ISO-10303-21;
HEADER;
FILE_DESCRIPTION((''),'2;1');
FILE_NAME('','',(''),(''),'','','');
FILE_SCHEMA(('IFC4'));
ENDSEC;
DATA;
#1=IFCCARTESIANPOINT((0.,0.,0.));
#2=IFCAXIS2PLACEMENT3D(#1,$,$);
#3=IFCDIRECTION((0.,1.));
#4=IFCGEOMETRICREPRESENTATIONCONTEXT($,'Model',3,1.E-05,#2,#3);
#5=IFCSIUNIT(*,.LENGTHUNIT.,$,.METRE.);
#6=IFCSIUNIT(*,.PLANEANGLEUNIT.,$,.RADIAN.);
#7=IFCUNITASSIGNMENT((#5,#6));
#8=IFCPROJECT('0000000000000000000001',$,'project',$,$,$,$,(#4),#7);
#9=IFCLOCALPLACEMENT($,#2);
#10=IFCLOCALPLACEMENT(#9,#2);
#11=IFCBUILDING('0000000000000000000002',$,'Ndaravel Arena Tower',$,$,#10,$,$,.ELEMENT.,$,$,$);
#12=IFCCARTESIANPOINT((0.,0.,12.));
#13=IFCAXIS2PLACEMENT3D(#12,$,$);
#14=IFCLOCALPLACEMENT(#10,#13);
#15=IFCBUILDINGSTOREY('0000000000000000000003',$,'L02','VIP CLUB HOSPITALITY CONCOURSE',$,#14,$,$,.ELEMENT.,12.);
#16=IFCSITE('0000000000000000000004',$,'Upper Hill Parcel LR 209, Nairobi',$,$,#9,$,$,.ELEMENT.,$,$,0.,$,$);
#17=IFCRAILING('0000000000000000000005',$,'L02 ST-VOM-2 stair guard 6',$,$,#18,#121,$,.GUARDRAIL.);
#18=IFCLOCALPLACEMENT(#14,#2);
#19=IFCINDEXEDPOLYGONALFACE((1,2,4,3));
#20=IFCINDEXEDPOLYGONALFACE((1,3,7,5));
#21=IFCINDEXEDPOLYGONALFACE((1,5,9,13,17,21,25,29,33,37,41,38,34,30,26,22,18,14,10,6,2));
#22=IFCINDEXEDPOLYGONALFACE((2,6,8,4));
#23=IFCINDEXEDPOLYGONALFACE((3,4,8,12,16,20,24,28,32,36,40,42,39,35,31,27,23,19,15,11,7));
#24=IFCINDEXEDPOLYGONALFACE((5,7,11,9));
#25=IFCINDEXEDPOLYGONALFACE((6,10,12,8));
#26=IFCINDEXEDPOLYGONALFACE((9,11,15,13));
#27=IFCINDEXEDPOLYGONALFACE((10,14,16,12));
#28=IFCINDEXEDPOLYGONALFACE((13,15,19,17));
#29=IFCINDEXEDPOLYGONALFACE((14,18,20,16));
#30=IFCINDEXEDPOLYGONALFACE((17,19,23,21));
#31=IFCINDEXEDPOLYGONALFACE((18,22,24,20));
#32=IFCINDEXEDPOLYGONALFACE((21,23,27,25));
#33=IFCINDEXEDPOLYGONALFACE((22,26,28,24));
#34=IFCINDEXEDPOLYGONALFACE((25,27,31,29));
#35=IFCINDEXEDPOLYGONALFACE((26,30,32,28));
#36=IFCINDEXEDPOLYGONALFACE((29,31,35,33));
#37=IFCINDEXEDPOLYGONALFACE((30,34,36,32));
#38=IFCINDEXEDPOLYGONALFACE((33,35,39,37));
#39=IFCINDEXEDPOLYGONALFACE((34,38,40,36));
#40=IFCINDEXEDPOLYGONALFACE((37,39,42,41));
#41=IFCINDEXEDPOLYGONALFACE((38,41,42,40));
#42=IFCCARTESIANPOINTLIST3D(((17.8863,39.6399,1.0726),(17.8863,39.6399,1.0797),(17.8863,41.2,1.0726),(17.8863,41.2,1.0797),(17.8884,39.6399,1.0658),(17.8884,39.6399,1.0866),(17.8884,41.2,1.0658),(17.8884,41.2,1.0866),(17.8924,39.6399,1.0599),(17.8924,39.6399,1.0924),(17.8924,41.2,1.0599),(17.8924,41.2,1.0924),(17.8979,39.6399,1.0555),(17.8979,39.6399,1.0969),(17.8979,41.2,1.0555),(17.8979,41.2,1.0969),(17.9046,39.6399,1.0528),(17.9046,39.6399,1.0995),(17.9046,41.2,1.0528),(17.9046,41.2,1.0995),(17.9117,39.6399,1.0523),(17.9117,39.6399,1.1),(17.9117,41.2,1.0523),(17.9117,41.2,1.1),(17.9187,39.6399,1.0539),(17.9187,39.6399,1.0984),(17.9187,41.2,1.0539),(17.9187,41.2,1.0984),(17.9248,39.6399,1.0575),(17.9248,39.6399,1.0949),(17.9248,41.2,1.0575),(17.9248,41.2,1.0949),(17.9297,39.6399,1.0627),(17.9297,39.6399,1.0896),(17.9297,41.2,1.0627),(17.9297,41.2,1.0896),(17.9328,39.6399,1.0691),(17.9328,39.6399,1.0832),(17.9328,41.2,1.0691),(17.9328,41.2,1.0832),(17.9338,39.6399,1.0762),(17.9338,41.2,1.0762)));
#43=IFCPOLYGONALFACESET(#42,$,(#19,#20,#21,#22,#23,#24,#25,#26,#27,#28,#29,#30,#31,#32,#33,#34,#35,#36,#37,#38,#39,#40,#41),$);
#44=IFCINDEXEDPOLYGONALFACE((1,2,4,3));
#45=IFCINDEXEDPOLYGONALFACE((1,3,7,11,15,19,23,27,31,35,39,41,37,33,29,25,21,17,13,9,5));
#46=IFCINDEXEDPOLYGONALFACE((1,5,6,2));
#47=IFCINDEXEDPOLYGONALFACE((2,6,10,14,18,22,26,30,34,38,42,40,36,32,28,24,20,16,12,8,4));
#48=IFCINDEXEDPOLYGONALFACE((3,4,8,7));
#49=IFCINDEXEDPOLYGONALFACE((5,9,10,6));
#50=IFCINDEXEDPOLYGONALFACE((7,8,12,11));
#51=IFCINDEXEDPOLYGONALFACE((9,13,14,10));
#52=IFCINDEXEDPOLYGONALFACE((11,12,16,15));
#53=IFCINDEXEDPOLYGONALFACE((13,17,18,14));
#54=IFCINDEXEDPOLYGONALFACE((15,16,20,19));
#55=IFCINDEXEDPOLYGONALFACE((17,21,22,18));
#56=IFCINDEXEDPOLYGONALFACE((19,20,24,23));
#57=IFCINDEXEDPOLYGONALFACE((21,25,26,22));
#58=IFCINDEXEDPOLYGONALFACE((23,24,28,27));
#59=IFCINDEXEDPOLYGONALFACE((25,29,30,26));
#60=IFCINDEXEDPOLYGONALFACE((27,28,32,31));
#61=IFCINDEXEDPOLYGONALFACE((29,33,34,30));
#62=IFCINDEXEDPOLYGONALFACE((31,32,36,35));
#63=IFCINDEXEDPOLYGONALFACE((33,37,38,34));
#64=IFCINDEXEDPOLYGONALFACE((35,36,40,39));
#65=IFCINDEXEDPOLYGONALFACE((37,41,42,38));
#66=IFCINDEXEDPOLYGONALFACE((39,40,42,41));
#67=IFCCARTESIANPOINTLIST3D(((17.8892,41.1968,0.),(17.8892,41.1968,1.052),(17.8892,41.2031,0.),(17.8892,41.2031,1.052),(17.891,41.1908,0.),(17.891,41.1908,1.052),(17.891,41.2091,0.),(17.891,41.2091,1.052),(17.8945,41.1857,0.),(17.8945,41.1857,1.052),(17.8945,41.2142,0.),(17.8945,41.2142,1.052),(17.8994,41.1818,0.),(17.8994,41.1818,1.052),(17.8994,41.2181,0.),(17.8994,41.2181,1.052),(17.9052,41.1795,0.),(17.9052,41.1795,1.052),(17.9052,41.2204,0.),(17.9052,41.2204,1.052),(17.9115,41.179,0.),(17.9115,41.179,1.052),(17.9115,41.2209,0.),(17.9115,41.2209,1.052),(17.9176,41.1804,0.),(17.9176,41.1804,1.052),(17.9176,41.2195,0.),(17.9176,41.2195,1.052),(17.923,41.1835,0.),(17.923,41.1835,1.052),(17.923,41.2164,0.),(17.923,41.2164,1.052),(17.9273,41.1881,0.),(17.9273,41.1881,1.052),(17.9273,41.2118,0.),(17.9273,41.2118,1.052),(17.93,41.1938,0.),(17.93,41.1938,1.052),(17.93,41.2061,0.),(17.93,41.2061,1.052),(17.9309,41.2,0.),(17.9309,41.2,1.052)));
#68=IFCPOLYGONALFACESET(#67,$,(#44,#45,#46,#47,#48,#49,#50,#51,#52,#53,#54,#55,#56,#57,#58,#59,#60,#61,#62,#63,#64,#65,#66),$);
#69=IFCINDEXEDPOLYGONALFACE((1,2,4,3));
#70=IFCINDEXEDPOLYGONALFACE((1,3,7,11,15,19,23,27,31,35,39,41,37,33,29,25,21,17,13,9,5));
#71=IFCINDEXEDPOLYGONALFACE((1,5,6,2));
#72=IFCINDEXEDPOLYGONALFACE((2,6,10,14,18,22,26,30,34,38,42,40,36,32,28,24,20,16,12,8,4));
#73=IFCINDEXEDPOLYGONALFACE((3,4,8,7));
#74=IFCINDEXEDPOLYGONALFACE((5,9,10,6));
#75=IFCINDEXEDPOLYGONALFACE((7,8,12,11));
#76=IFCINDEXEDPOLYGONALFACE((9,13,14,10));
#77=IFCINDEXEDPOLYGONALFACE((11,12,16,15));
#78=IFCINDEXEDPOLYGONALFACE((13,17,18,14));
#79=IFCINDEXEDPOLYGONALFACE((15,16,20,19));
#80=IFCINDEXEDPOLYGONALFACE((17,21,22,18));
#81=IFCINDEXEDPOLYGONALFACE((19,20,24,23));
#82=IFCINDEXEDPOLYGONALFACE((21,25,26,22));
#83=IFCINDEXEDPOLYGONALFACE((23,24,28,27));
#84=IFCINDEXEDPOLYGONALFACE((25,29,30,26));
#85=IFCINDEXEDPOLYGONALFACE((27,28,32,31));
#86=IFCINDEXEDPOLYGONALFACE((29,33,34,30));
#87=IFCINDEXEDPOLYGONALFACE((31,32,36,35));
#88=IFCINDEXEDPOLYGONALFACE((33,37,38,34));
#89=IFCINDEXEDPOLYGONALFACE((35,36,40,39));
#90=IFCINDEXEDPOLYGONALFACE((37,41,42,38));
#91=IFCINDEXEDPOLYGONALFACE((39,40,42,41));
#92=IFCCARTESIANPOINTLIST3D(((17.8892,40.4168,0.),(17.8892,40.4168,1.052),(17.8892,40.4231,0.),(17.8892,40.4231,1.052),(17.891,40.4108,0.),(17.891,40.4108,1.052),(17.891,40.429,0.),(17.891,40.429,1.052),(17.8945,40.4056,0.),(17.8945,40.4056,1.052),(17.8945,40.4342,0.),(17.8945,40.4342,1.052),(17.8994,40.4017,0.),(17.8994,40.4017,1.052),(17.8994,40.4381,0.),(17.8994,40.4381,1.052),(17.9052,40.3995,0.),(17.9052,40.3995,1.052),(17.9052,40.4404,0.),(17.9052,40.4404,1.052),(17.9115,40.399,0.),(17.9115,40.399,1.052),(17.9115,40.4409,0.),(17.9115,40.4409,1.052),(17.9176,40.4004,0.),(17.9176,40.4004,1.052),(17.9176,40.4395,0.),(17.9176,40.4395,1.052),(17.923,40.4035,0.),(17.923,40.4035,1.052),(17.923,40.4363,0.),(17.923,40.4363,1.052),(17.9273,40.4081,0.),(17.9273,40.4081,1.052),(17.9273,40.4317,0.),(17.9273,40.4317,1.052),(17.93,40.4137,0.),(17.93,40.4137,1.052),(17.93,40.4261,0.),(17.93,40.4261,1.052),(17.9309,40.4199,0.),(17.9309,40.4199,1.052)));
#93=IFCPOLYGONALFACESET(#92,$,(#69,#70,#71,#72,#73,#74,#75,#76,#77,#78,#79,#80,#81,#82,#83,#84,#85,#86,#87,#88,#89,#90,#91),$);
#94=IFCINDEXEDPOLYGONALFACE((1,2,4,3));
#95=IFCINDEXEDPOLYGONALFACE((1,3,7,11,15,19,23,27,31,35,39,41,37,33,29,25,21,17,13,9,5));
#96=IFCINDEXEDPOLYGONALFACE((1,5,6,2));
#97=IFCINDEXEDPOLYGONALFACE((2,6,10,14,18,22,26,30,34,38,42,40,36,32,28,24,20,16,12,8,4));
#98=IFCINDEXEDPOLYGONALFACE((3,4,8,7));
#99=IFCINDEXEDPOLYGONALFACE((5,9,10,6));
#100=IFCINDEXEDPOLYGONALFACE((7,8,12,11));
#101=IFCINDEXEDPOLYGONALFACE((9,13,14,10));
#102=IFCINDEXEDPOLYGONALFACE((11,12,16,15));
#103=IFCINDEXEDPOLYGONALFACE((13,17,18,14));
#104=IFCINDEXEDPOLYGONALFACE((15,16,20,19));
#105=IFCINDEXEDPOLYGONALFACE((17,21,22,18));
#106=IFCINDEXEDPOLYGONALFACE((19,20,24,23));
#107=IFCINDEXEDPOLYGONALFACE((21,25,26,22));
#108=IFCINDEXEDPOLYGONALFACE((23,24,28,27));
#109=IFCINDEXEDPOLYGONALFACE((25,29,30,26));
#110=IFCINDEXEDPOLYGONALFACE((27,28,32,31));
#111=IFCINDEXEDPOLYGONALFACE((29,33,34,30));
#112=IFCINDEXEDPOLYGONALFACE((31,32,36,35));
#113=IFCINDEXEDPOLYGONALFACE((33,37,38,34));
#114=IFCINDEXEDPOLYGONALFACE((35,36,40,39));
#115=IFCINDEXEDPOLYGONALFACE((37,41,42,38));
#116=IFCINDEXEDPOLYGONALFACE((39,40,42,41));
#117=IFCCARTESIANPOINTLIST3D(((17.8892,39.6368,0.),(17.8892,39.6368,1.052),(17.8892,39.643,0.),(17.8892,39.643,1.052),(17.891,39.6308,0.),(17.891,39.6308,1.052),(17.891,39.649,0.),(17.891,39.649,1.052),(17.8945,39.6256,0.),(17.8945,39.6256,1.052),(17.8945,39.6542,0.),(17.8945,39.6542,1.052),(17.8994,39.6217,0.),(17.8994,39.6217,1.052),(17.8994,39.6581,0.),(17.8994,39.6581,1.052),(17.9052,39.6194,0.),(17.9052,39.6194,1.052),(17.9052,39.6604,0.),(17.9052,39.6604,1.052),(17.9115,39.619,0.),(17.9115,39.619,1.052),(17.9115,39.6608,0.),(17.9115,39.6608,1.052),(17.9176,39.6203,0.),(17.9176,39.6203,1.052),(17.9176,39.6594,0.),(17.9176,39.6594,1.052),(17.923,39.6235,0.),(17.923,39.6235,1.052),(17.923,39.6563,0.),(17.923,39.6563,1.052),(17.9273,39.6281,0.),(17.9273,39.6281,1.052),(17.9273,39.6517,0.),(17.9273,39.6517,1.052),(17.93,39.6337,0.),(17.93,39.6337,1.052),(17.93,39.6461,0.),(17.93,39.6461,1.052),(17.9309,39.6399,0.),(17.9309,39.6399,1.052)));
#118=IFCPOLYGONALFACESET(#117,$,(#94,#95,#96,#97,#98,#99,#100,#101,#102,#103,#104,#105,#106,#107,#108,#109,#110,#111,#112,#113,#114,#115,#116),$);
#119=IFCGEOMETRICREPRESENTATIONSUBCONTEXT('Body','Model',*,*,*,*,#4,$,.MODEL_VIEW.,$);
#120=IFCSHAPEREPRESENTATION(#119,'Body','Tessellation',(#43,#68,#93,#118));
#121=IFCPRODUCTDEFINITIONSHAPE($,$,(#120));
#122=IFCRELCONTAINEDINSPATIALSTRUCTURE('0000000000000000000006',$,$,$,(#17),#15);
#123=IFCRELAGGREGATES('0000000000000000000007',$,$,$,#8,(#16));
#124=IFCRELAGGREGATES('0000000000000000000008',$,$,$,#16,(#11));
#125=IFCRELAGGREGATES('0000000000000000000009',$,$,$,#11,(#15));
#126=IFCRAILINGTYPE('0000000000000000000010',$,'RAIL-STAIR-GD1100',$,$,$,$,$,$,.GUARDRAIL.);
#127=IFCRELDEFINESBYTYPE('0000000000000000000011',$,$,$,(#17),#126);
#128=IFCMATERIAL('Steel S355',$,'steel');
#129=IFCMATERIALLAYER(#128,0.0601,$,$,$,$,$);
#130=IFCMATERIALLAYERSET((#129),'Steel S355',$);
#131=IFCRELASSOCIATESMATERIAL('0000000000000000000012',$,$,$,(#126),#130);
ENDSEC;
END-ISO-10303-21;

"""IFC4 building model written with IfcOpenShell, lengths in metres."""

from ifc_helpers import new_model, si_unit, direction, frame, origin, origin_2d, place, context, subcontext, project, spatial, circle, extrude, material, layer, layer_set, type_object, element, save


model = new_model("IFC4")

# Units and contexts
model_context = context("Model", 3, precision=1e-05, world=origin(), true_north=direction((0.0, 1.0)))
body_context = subcontext(model_context, "Body", "Model", "MODEL_VIEW")
ifc_project = project(units=[si_unit("LENGTHUNIT", "METRE"), si_unit("PLANEANGLEUNIT", "RADIAN")], contexts=[model_context])

# Site, building, storey
site_placement = place(None, origin())
site = spatial("IfcSite", under=ifc_project, at=site_placement, Name="Upper Hill Parcel LR 209, Nairobi", CompositionType="ELEMENT", RefElevation=0.0)
building_placement = place(site_placement, origin())
building = spatial("IfcBuilding", under=site, at=building_placement, Name="Ndaravel Arena Tower", CompositionType="ELEMENT")
storey_placement = place(building_placement, frame((0.0, 0.0, 12.0)))
storey = spatial("IfcBuildingStorey", under=building, at=storey_placement, Name="L02", Description="VIP CLUB HOSPITALITY CONCOURSE", CompositionType="ELEMENT", Elevation=12.0)

# Railing
ifc_material_1 = material(Name="Steel S355", Category="steel")
ifc_layer_1 = layer(ifc_material_1, 0.0601)
ifc_layer_set_1 = layer_set([ifc_layer_1], Name="Steel S355")
railing_type_1 = type_object("IfcRailingType", Name="RAIL-STAIR-GD1100", PredefinedType="GUARDRAIL", material=ifc_layer_set_1)
railing_1_placement = place(storey_placement, frame((17.9099, 41.2, 0.0)))
element("IfcRailing", 1, at=railing_1_placement, inside=storey, type_object=railing_type_1, Name="L02 ST-VOM-2 stair guard 6", PredefinedType="GUARDRAIL", context=body_context, shape_type="SweptSolid", body=[
    extrude(circle(Radius=0.0239, at=origin_2d()), frame((0.0, 0.0, 1.0762), z_axis=(0.0, -1.0, 0.0), x_axis=(1.0, 0.0, 0.0)), (0.0, 0.0, 1.0), 1.5601),
    extrude(circle(Radius=0.021, at=origin_2d()), origin(), (0.0, 0.0, 1.0), 1.052),
    extrude(circle(Radius=0.021, at=origin_2d()), frame((0.0, -0.78, 0.0)), (0.0, 0.0, 1.0), 1.052),
    extrude(circle(Radius=0.021, at=origin_2d()), frame((0.0, -1.5601, 0.0)), (0.0, 0.0, 1.0), 1.052),
])

save(model, "model.ifc")
